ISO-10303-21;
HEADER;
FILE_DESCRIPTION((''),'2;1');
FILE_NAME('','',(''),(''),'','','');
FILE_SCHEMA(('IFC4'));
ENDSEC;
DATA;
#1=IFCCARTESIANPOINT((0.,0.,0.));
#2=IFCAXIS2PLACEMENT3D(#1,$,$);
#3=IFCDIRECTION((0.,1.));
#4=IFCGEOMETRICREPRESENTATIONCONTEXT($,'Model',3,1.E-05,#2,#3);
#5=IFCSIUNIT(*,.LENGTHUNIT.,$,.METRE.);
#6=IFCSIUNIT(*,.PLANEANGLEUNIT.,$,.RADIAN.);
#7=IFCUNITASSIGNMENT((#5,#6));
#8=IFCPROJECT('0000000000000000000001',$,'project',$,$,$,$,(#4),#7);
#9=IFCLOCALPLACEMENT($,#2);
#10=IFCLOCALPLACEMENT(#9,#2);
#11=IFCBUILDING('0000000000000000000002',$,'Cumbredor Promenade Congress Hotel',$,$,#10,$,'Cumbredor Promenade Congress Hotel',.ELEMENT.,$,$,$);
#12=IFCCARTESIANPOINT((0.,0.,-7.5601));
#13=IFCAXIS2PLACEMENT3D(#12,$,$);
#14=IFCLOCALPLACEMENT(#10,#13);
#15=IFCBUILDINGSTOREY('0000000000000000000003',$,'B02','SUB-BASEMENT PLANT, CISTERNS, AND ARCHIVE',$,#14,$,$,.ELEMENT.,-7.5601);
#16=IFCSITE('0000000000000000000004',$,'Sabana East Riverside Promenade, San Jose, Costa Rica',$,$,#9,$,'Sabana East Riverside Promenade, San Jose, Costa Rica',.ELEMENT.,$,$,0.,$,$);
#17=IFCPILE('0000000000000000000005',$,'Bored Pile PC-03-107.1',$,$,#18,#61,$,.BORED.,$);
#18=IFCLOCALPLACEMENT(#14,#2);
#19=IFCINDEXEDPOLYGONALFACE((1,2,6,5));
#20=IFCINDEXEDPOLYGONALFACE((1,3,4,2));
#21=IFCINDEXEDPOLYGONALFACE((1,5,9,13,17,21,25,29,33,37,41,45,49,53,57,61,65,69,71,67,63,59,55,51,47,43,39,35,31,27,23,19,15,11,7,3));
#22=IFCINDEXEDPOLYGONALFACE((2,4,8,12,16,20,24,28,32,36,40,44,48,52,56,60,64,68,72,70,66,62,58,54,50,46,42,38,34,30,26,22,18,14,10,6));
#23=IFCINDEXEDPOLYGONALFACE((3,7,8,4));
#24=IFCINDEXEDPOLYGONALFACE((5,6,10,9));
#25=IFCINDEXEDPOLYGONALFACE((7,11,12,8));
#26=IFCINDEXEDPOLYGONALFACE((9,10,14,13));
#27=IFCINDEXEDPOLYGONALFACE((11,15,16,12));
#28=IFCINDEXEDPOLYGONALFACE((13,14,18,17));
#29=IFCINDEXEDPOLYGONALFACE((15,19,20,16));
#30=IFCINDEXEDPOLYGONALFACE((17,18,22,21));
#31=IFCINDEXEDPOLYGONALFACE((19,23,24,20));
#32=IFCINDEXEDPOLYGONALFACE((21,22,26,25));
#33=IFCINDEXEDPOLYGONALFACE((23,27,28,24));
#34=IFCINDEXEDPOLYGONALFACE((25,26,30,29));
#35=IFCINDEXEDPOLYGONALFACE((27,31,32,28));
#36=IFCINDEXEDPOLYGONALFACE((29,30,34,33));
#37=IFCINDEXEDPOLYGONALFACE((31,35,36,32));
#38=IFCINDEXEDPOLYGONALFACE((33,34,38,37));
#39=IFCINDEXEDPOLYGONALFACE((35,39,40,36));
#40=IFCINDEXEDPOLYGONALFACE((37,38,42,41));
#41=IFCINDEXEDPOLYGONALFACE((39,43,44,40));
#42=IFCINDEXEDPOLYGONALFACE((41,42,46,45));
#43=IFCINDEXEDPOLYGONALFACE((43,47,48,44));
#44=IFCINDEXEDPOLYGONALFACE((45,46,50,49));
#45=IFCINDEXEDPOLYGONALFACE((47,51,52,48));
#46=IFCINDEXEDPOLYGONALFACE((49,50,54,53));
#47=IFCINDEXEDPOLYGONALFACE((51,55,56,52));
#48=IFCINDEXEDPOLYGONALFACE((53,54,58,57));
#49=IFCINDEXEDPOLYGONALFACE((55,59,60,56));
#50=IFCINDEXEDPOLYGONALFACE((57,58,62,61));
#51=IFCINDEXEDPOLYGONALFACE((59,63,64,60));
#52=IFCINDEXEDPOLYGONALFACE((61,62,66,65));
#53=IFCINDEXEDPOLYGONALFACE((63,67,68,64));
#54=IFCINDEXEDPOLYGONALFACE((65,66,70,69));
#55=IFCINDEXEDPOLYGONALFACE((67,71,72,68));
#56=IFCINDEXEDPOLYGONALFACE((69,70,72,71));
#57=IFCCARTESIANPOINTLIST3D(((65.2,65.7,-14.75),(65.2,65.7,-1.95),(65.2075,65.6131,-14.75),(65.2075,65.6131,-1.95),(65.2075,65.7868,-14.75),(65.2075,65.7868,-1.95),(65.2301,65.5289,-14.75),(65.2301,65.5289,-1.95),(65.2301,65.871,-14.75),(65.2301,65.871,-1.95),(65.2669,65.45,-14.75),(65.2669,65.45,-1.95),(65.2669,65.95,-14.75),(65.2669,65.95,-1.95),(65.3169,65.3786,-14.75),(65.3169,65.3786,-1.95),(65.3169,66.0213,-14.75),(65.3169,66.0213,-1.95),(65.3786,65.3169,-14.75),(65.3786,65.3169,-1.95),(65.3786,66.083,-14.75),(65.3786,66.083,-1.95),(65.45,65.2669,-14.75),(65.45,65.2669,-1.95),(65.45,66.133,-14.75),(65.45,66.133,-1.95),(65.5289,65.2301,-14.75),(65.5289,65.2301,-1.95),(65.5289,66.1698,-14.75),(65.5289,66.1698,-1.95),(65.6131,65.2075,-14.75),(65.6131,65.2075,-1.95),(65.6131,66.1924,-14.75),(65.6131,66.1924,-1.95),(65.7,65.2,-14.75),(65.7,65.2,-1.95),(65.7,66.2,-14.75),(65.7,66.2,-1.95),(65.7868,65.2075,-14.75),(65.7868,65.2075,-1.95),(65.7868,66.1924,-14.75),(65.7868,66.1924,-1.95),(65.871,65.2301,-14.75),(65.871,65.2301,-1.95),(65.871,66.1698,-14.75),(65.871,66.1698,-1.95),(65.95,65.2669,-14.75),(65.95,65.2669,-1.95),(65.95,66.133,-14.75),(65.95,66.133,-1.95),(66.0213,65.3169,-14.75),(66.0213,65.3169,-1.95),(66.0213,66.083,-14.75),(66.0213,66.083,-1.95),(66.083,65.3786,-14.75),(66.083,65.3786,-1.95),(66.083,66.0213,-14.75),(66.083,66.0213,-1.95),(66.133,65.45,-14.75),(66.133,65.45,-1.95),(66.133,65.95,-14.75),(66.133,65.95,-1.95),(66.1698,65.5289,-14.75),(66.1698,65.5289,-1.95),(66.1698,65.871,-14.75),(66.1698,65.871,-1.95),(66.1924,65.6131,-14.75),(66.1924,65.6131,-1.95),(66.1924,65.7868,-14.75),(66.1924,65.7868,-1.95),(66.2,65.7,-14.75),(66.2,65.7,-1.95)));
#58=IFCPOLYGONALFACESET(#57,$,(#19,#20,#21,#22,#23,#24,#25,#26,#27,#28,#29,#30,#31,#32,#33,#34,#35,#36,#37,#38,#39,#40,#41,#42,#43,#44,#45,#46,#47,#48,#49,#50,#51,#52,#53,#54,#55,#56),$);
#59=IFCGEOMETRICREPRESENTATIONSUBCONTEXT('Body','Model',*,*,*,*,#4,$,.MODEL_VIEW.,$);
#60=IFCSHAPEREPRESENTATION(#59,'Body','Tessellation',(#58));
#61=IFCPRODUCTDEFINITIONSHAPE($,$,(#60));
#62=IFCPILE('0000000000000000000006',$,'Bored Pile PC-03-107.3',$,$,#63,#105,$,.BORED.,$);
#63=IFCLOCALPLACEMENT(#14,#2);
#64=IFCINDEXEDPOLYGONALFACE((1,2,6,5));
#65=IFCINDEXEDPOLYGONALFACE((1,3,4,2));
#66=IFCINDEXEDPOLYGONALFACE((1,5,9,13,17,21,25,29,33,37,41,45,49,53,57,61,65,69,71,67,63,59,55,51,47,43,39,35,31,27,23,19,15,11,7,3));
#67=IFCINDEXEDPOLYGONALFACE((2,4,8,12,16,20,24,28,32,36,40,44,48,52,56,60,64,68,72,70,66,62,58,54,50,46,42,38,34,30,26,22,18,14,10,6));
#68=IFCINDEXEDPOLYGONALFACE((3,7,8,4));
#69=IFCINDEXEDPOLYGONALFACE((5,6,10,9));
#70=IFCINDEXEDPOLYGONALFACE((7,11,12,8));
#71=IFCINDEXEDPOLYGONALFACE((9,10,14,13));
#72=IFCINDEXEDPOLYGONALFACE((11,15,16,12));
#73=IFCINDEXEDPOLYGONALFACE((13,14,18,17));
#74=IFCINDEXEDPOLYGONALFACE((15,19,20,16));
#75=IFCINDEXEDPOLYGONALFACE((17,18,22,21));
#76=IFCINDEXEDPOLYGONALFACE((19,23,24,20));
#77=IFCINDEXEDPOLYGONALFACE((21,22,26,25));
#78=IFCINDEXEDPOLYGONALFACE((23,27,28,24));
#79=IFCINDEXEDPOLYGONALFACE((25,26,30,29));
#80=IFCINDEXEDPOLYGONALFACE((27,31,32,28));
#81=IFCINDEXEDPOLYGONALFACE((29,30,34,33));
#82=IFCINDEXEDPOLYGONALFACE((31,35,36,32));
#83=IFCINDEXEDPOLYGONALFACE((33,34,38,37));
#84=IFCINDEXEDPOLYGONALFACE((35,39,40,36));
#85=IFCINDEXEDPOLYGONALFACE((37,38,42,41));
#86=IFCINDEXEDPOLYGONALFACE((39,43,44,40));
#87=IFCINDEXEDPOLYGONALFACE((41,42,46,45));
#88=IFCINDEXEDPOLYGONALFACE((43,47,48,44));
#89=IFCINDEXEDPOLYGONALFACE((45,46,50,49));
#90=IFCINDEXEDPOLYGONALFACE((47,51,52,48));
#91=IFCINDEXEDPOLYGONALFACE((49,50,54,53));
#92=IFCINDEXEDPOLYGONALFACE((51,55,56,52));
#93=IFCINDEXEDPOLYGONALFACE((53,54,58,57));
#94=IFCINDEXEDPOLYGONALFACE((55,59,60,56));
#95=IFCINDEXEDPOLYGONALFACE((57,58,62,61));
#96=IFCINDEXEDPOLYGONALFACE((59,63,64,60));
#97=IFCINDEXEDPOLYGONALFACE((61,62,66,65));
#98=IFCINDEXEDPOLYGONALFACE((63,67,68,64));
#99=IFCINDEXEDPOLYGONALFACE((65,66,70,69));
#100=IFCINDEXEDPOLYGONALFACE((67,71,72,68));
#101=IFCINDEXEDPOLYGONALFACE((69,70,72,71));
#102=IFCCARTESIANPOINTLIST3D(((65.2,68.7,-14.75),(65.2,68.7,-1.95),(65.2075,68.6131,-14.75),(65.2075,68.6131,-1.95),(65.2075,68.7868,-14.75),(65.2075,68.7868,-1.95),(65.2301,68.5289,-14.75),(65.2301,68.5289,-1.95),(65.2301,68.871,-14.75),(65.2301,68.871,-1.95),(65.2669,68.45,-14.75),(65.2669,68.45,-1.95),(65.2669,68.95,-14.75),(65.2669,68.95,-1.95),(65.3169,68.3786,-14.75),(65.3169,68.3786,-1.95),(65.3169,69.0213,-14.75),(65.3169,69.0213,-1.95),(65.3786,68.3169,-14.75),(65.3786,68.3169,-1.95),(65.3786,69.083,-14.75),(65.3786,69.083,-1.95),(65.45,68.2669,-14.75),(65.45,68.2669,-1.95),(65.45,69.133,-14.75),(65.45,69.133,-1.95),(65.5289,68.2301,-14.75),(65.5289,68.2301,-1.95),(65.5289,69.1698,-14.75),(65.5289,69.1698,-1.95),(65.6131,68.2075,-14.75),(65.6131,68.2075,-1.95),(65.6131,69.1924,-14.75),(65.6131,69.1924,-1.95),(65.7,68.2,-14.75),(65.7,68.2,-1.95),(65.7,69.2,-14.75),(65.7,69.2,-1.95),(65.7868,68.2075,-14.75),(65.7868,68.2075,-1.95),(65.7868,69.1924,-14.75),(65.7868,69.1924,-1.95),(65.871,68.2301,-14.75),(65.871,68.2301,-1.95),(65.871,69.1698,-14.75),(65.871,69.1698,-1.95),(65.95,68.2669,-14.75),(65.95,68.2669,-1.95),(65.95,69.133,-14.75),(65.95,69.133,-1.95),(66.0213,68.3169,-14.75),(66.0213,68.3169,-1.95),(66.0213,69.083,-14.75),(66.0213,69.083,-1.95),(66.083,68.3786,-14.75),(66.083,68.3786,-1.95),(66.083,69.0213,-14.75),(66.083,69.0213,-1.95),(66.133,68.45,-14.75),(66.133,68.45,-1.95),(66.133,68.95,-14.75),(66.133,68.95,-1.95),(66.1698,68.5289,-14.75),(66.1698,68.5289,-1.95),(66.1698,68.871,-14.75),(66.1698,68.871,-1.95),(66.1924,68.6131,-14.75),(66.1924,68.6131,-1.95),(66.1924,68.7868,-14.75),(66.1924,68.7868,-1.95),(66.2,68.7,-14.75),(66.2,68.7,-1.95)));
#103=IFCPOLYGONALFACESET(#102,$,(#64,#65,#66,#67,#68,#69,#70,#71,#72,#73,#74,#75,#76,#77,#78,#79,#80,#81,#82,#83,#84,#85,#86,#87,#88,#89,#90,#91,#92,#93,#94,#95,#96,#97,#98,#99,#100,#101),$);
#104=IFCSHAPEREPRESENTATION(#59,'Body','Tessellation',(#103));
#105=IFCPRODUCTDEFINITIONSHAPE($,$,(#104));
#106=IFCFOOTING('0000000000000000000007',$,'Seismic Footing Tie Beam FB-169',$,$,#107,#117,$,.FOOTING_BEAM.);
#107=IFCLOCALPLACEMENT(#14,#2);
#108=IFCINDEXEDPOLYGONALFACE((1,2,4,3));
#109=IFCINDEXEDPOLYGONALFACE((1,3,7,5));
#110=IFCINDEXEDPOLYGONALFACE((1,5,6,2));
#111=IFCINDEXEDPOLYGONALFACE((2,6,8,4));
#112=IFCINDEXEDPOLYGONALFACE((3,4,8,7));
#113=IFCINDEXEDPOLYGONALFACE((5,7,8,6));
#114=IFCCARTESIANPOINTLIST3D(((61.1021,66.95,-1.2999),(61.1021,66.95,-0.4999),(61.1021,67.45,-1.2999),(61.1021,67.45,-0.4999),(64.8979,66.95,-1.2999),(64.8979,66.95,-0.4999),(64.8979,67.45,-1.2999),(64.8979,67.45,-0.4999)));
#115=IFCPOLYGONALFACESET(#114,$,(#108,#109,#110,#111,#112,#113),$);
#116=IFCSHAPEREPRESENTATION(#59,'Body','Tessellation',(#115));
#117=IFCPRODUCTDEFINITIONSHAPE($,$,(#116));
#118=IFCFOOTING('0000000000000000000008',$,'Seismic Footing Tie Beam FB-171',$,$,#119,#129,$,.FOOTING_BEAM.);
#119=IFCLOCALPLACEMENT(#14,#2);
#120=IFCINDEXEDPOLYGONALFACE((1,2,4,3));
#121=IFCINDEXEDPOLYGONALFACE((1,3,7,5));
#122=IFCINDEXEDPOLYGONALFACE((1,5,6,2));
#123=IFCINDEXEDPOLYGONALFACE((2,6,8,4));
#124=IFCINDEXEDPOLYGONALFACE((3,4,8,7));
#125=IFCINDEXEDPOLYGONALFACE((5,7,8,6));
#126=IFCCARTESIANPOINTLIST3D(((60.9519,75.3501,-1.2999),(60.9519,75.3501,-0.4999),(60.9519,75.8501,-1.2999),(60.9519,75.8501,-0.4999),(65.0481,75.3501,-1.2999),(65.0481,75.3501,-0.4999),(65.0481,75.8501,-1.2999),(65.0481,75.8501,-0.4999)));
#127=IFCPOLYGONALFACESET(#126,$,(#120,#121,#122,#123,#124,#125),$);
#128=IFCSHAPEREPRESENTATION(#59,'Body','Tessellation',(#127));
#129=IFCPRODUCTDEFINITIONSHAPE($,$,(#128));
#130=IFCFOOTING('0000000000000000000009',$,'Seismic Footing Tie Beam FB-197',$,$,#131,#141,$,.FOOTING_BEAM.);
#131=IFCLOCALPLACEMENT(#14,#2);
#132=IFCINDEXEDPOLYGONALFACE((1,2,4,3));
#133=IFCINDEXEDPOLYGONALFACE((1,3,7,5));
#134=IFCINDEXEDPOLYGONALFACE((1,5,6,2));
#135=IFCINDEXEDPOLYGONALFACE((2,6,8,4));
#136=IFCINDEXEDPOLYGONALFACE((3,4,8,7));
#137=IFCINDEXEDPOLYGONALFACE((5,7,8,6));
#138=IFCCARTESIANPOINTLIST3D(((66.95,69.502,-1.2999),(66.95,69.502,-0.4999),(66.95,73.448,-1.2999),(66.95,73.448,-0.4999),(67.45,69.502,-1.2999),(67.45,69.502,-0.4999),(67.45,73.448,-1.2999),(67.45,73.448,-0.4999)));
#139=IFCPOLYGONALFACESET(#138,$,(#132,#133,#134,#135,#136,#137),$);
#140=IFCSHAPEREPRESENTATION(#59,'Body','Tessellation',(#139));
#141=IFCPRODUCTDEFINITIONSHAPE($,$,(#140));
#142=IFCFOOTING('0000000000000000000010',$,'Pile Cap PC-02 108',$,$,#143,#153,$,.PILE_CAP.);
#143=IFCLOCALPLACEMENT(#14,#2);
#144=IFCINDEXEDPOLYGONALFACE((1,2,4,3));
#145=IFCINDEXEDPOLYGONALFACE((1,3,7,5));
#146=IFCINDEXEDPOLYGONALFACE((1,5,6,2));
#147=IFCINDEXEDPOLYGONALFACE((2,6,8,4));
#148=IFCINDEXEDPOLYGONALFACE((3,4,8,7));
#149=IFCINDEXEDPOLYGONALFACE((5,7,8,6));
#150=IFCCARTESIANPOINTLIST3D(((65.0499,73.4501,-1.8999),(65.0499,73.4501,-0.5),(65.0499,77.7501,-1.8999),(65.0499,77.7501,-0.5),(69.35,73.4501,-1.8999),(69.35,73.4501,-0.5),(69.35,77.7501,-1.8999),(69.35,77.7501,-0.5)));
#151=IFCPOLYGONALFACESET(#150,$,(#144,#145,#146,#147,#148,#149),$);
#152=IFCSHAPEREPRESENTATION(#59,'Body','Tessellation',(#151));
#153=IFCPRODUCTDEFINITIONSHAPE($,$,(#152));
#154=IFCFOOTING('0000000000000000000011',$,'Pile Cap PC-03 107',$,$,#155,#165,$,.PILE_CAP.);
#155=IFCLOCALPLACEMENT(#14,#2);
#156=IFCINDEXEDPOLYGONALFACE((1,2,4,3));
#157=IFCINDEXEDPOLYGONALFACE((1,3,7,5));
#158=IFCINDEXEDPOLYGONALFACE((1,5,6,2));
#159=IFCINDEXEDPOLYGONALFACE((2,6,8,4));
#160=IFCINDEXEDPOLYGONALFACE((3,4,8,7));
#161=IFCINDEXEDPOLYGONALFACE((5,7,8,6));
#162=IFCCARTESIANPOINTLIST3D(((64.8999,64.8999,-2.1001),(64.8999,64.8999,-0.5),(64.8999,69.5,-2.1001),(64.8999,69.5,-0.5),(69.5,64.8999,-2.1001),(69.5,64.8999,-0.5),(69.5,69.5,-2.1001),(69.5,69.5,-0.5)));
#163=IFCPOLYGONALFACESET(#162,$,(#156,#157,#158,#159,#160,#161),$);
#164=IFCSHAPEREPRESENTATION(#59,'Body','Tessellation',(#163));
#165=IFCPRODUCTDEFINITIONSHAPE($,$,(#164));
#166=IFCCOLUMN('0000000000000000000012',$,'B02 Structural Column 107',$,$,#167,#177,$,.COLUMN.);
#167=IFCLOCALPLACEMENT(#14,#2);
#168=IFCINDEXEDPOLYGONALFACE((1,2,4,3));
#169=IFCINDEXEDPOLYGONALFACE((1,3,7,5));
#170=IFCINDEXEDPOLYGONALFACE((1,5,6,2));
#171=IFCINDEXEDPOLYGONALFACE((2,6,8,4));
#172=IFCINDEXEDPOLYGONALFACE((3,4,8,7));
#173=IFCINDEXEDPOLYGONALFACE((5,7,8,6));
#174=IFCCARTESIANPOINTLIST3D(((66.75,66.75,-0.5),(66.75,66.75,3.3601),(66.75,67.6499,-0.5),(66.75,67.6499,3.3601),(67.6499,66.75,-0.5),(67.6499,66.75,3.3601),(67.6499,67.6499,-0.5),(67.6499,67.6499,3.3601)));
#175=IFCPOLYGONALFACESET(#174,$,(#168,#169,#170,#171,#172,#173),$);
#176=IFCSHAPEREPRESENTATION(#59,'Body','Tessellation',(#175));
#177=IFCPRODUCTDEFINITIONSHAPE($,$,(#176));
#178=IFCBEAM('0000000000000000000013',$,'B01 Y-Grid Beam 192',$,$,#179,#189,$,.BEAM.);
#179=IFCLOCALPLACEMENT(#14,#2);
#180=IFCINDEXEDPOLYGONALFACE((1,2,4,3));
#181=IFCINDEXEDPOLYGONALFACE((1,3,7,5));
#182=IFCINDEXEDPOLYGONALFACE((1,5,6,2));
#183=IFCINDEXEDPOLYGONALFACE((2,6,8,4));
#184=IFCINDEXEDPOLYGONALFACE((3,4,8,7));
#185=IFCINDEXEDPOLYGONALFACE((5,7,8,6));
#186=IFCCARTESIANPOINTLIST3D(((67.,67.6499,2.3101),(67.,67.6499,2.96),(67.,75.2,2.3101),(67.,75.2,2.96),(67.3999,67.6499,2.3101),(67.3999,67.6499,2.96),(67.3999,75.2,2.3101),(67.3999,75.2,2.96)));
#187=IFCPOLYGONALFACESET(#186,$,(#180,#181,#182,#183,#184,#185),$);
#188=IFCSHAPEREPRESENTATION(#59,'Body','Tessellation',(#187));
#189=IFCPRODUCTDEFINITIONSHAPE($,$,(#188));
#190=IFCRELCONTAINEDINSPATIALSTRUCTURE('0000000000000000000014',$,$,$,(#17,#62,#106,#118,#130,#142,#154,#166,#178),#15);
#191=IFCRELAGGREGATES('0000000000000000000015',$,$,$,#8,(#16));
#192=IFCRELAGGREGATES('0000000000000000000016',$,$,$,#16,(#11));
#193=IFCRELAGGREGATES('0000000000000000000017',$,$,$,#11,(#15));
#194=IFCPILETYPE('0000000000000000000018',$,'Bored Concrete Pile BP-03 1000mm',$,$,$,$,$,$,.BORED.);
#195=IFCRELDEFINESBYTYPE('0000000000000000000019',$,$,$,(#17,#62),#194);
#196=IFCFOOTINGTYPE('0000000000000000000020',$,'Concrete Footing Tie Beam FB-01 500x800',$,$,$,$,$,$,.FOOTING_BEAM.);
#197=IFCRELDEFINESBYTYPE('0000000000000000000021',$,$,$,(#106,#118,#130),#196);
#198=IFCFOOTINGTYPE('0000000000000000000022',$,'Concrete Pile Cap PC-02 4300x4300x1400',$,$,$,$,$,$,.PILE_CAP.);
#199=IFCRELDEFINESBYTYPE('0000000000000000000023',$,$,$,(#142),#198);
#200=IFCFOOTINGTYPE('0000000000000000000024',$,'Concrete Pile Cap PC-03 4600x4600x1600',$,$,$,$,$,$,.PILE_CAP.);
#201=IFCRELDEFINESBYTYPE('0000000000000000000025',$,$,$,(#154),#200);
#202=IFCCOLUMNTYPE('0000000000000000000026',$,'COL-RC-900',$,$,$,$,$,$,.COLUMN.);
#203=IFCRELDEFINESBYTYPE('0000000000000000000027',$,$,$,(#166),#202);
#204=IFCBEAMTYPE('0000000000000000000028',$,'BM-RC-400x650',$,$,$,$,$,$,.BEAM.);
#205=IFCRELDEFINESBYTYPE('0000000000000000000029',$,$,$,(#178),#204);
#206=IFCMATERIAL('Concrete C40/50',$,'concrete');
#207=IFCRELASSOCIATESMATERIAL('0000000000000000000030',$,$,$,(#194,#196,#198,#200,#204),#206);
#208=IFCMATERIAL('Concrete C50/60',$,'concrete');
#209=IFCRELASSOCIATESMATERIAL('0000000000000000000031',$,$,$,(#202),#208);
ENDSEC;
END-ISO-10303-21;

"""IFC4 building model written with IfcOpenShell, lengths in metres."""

from ifc_helpers import new_model, si_unit, direction, frame, origin, origin_2d, place, context, subcontext, project, spatial, rectangle, circle, extrude, material, material_profile, profile_set, type_object, element, save


model = new_model("IFC4")

# Units and contexts
model_context = context("Model", 3, precision=1e-05, world=origin(), true_north=direction((0.0, 1.0)))
body_context = subcontext(model_context, "Body", "Model", "MODEL_VIEW")
ifc_project = project(units=[si_unit("LENGTHUNIT", "METRE"), si_unit("PLANEANGLEUNIT", "RADIAN")], contexts=[model_context])

# Site, building, storey
site_placement = place(None, origin())
site = spatial("IfcSite", under=ifc_project, at=site_placement, Name="Sabana East Riverside Promenade, San Jose, Costa Rica", LongName="Sabana East Riverside Promenade, San Jose, Costa Rica", CompositionType="ELEMENT", RefElevation=0.0)
building_placement = place(site_placement, origin())
building = spatial("IfcBuilding", under=site, at=building_placement, Name="Cumbredor Promenade Congress Hotel", LongName="Cumbredor Promenade Congress Hotel", CompositionType="ELEMENT")
storey_placement = place(building_placement, frame((0.0, 0.0, -7.5601)))
storey = spatial("IfcBuildingStorey", under=building, at=storey_placement, Name="B02", Description="SUB-BASEMENT PLANT, CISTERNS, AND ARCHIVE", CompositionType="ELEMENT", Elevation=-7.5601)

# Piles
ifc_material_1 = material(Name="Concrete C40/50", Category="concrete")
ifc_material_profile_1 = material_profile(ifc_material_1, circle(Radius=0.5, at=origin_2d()), Name="PILE D1000")
ifc_profile_set_1 = profile_set([ifc_material_profile_1], Name="Concrete C40/50")
pile_type_1 = type_object("IfcPileType", Name="Bored Concrete Pile BP-03 1000mm", PredefinedType="BORED", material=ifc_profile_set_1)
for number, where, z_axis, x_axis, name in (
    (1, (65.7, 65.7, -1.95), (0.0, 0.0, -1.0), (1.0, 0.0, 0.0), "Bored Pile PC-03-107.1"),
    (2, (65.7, 68.7, -1.95), (0.0, 0.0, -1.0), (1.0, 0.0, 0.0), "Bored Pile PC-03-107.3"),
):
    element("IfcPile", number, at=place(storey_placement, frame(where, z_axis=z_axis, x_axis=x_axis)), inside=storey, type_object=pile_type_1, Name=name, PredefinedType="BORED", context=body_context, shape_type="SweptSolid", body=[
        extrude(circle(Radius=0.5, at=origin_2d()), origin(), (0.0, 0.0, 1.0), 12.8),
    ])

# Footings
ifc_material_profile_2 = material_profile(ifc_material_1, rectangle(XDim=0.5, YDim=0.8, at=origin_2d()), Name="FB 500x800")
ifc_profile_set_2 = profile_set([ifc_material_profile_2], Name="Concrete C40/50")
footing_type_1 = type_object("IfcFootingType", Name="Concrete Footing Tie Beam FB-01 500x800", PredefinedType="FOOTING_BEAM", material=ifc_profile_set_2)
footing_1_placement = place(storey_placement, frame((61.1021, 67.2, -0.8999), z_axis=(1.0, 0.0, 0.0), x_axis=(0.0, 1.0, 0.0)))
element("IfcFooting", 3, at=footing_1_placement, inside=storey, type_object=footing_type_1, Name="Seismic Footing Tie Beam FB-169", PredefinedType="FOOTING_BEAM", context=body_context, shape_type="SweptSolid", body=[
    extrude(rectangle(XDim=0.5, YDim=0.8, at=origin_2d()), origin(), (0.0, 0.0, 1.0), 3.7959),
])
footing_2_placement = place(storey_placement, frame((60.9519, 75.6001, -0.8999), z_axis=(1.0, 0.0, 0.0), x_axis=(0.0, 1.0, 0.0)))
element("IfcFooting", 4, at=footing_2_placement, inside=storey, type_object=footing_type_1, Name="Seismic Footing Tie Beam FB-171", PredefinedType="FOOTING_BEAM", context=body_context, shape_type="SweptSolid", body=[
    extrude(rectangle(XDim=0.5, YDim=0.8, at=origin_2d()), origin(), (0.0, 0.0, 1.0), 4.0962),
])
footing_3_placement = place(storey_placement, frame((67.2, 69.502, -0.8999), z_axis=(0.0, 1.0, 0.0), x_axis=(-1.0, 0.0, 0.0)))
element("IfcFooting", 5, at=footing_3_placement, inside=storey, type_object=footing_type_1, Name="Seismic Footing Tie Beam FB-197", PredefinedType="FOOTING_BEAM", context=body_context, shape_type="SweptSolid", body=[
    extrude(rectangle(XDim=0.5, YDim=0.8, at=origin_2d()), origin(), (0.0, 0.0, 1.0), 3.946),
])
footing_type_2 = type_object("IfcFootingType", Name="Concrete Pile Cap PC-02 4300x4300x1400", PredefinedType="PILE_CAP", material=ifc_material_1)
footing_4_placement = place(storey_placement, frame((67.2, 75.6001, -1.8999), z_axis=(0.0, 0.0, 1.0), x_axis=(1.0, 0.0, 0.0)))
element("IfcFooting", 6, at=footing_4_placement, inside=storey, type_object=footing_type_2, Name="Pile Cap PC-02 108", PredefinedType="PILE_CAP", context=body_context, shape_type="SweptSolid", body=[
    extrude(rectangle(XDim=4.3, YDim=4.3, at=origin_2d()), origin(), (0.0, 0.0, 1.0), 1.3999),
])
footing_type_3 = type_object("IfcFootingType", Name="Concrete Pile Cap PC-03 4600x4600x1600", PredefinedType="PILE_CAP", material=ifc_material_1)
footing_5_placement = place(storey_placement, frame((67.2, 67.2, -2.1001), z_axis=(0.0, 0.0, 1.0), x_axis=(1.0, 0.0, 0.0)))
element("IfcFooting", 7, at=footing_5_placement, inside=storey, type_object=footing_type_3, Name="Pile Cap PC-03 107", PredefinedType="PILE_CAP", context=body_context, shape_type="SweptSolid", body=[
    extrude(rectangle(XDim=4.6001, YDim=4.6001, at=origin_2d()), origin(), (0.0, 0.0, 1.0), 1.6001),
])

# Column
ifc_material_2 = material(Name="Concrete C50/60", Category="concrete")
ifc_material_profile_3 = material_profile(ifc_material_2, rectangle(XDim=0.8999, YDim=0.8999, at=origin_2d()), Name="RC 900x900")
ifc_profile_set_3 = profile_set([ifc_material_profile_3], Name="Concrete C50/60")
column_type = type_object("IfcColumnType", Name="COL-RC-900", PredefinedType="COLUMN", material=ifc_profile_set_3)
column_placement = place(storey_placement, frame((67.2, 67.2, -0.5), z_axis=(0.0, 0.0, 1.0), x_axis=(1.0, 0.0, 0.0)))
element("IfcColumn", 8, at=column_placement, inside=storey, type_object=column_type, Name="B02 Structural Column 107", PredefinedType="COLUMN", context=body_context, shape_type="SweptSolid", body=[
    extrude(rectangle(XDim=0.8999, YDim=0.8999, at=origin_2d()), origin(), (0.0, 0.0, 1.0), 3.8601),
])

# Beam
ifc_material_profile_4 = material_profile(ifc_material_1, rectangle(XDim=0.3999, YDim=0.6499, at=origin_2d()), Name="RC BEAM 400x650")
ifc_profile_set_4 = profile_set([ifc_material_profile_4], Name="Concrete C40/50")
beam_type_1 = type_object("IfcBeamType", Name="BM-RC-400x650", PredefinedType="BEAM", material=ifc_profile_set_4)
beam_1_placement = place(storey_placement, frame((67.2, 67.6499, 2.635), z_axis=(0.0, 1.0, 0.0), x_axis=(-1.0, 0.0, 0.0)))
element("IfcBeam", 9, at=beam_1_placement, inside=storey, type_object=beam_type_1, Name="B01 Y-Grid Beam 192", PredefinedType="BEAM", context=body_context, shape_type="SweptSolid", body=[
    extrude(rectangle(XDim=0.3999, YDim=0.6499, at=origin_2d()), origin(), (0.0, 0.0, 1.0), 7.55),
])

save(model, "model.ifc")
